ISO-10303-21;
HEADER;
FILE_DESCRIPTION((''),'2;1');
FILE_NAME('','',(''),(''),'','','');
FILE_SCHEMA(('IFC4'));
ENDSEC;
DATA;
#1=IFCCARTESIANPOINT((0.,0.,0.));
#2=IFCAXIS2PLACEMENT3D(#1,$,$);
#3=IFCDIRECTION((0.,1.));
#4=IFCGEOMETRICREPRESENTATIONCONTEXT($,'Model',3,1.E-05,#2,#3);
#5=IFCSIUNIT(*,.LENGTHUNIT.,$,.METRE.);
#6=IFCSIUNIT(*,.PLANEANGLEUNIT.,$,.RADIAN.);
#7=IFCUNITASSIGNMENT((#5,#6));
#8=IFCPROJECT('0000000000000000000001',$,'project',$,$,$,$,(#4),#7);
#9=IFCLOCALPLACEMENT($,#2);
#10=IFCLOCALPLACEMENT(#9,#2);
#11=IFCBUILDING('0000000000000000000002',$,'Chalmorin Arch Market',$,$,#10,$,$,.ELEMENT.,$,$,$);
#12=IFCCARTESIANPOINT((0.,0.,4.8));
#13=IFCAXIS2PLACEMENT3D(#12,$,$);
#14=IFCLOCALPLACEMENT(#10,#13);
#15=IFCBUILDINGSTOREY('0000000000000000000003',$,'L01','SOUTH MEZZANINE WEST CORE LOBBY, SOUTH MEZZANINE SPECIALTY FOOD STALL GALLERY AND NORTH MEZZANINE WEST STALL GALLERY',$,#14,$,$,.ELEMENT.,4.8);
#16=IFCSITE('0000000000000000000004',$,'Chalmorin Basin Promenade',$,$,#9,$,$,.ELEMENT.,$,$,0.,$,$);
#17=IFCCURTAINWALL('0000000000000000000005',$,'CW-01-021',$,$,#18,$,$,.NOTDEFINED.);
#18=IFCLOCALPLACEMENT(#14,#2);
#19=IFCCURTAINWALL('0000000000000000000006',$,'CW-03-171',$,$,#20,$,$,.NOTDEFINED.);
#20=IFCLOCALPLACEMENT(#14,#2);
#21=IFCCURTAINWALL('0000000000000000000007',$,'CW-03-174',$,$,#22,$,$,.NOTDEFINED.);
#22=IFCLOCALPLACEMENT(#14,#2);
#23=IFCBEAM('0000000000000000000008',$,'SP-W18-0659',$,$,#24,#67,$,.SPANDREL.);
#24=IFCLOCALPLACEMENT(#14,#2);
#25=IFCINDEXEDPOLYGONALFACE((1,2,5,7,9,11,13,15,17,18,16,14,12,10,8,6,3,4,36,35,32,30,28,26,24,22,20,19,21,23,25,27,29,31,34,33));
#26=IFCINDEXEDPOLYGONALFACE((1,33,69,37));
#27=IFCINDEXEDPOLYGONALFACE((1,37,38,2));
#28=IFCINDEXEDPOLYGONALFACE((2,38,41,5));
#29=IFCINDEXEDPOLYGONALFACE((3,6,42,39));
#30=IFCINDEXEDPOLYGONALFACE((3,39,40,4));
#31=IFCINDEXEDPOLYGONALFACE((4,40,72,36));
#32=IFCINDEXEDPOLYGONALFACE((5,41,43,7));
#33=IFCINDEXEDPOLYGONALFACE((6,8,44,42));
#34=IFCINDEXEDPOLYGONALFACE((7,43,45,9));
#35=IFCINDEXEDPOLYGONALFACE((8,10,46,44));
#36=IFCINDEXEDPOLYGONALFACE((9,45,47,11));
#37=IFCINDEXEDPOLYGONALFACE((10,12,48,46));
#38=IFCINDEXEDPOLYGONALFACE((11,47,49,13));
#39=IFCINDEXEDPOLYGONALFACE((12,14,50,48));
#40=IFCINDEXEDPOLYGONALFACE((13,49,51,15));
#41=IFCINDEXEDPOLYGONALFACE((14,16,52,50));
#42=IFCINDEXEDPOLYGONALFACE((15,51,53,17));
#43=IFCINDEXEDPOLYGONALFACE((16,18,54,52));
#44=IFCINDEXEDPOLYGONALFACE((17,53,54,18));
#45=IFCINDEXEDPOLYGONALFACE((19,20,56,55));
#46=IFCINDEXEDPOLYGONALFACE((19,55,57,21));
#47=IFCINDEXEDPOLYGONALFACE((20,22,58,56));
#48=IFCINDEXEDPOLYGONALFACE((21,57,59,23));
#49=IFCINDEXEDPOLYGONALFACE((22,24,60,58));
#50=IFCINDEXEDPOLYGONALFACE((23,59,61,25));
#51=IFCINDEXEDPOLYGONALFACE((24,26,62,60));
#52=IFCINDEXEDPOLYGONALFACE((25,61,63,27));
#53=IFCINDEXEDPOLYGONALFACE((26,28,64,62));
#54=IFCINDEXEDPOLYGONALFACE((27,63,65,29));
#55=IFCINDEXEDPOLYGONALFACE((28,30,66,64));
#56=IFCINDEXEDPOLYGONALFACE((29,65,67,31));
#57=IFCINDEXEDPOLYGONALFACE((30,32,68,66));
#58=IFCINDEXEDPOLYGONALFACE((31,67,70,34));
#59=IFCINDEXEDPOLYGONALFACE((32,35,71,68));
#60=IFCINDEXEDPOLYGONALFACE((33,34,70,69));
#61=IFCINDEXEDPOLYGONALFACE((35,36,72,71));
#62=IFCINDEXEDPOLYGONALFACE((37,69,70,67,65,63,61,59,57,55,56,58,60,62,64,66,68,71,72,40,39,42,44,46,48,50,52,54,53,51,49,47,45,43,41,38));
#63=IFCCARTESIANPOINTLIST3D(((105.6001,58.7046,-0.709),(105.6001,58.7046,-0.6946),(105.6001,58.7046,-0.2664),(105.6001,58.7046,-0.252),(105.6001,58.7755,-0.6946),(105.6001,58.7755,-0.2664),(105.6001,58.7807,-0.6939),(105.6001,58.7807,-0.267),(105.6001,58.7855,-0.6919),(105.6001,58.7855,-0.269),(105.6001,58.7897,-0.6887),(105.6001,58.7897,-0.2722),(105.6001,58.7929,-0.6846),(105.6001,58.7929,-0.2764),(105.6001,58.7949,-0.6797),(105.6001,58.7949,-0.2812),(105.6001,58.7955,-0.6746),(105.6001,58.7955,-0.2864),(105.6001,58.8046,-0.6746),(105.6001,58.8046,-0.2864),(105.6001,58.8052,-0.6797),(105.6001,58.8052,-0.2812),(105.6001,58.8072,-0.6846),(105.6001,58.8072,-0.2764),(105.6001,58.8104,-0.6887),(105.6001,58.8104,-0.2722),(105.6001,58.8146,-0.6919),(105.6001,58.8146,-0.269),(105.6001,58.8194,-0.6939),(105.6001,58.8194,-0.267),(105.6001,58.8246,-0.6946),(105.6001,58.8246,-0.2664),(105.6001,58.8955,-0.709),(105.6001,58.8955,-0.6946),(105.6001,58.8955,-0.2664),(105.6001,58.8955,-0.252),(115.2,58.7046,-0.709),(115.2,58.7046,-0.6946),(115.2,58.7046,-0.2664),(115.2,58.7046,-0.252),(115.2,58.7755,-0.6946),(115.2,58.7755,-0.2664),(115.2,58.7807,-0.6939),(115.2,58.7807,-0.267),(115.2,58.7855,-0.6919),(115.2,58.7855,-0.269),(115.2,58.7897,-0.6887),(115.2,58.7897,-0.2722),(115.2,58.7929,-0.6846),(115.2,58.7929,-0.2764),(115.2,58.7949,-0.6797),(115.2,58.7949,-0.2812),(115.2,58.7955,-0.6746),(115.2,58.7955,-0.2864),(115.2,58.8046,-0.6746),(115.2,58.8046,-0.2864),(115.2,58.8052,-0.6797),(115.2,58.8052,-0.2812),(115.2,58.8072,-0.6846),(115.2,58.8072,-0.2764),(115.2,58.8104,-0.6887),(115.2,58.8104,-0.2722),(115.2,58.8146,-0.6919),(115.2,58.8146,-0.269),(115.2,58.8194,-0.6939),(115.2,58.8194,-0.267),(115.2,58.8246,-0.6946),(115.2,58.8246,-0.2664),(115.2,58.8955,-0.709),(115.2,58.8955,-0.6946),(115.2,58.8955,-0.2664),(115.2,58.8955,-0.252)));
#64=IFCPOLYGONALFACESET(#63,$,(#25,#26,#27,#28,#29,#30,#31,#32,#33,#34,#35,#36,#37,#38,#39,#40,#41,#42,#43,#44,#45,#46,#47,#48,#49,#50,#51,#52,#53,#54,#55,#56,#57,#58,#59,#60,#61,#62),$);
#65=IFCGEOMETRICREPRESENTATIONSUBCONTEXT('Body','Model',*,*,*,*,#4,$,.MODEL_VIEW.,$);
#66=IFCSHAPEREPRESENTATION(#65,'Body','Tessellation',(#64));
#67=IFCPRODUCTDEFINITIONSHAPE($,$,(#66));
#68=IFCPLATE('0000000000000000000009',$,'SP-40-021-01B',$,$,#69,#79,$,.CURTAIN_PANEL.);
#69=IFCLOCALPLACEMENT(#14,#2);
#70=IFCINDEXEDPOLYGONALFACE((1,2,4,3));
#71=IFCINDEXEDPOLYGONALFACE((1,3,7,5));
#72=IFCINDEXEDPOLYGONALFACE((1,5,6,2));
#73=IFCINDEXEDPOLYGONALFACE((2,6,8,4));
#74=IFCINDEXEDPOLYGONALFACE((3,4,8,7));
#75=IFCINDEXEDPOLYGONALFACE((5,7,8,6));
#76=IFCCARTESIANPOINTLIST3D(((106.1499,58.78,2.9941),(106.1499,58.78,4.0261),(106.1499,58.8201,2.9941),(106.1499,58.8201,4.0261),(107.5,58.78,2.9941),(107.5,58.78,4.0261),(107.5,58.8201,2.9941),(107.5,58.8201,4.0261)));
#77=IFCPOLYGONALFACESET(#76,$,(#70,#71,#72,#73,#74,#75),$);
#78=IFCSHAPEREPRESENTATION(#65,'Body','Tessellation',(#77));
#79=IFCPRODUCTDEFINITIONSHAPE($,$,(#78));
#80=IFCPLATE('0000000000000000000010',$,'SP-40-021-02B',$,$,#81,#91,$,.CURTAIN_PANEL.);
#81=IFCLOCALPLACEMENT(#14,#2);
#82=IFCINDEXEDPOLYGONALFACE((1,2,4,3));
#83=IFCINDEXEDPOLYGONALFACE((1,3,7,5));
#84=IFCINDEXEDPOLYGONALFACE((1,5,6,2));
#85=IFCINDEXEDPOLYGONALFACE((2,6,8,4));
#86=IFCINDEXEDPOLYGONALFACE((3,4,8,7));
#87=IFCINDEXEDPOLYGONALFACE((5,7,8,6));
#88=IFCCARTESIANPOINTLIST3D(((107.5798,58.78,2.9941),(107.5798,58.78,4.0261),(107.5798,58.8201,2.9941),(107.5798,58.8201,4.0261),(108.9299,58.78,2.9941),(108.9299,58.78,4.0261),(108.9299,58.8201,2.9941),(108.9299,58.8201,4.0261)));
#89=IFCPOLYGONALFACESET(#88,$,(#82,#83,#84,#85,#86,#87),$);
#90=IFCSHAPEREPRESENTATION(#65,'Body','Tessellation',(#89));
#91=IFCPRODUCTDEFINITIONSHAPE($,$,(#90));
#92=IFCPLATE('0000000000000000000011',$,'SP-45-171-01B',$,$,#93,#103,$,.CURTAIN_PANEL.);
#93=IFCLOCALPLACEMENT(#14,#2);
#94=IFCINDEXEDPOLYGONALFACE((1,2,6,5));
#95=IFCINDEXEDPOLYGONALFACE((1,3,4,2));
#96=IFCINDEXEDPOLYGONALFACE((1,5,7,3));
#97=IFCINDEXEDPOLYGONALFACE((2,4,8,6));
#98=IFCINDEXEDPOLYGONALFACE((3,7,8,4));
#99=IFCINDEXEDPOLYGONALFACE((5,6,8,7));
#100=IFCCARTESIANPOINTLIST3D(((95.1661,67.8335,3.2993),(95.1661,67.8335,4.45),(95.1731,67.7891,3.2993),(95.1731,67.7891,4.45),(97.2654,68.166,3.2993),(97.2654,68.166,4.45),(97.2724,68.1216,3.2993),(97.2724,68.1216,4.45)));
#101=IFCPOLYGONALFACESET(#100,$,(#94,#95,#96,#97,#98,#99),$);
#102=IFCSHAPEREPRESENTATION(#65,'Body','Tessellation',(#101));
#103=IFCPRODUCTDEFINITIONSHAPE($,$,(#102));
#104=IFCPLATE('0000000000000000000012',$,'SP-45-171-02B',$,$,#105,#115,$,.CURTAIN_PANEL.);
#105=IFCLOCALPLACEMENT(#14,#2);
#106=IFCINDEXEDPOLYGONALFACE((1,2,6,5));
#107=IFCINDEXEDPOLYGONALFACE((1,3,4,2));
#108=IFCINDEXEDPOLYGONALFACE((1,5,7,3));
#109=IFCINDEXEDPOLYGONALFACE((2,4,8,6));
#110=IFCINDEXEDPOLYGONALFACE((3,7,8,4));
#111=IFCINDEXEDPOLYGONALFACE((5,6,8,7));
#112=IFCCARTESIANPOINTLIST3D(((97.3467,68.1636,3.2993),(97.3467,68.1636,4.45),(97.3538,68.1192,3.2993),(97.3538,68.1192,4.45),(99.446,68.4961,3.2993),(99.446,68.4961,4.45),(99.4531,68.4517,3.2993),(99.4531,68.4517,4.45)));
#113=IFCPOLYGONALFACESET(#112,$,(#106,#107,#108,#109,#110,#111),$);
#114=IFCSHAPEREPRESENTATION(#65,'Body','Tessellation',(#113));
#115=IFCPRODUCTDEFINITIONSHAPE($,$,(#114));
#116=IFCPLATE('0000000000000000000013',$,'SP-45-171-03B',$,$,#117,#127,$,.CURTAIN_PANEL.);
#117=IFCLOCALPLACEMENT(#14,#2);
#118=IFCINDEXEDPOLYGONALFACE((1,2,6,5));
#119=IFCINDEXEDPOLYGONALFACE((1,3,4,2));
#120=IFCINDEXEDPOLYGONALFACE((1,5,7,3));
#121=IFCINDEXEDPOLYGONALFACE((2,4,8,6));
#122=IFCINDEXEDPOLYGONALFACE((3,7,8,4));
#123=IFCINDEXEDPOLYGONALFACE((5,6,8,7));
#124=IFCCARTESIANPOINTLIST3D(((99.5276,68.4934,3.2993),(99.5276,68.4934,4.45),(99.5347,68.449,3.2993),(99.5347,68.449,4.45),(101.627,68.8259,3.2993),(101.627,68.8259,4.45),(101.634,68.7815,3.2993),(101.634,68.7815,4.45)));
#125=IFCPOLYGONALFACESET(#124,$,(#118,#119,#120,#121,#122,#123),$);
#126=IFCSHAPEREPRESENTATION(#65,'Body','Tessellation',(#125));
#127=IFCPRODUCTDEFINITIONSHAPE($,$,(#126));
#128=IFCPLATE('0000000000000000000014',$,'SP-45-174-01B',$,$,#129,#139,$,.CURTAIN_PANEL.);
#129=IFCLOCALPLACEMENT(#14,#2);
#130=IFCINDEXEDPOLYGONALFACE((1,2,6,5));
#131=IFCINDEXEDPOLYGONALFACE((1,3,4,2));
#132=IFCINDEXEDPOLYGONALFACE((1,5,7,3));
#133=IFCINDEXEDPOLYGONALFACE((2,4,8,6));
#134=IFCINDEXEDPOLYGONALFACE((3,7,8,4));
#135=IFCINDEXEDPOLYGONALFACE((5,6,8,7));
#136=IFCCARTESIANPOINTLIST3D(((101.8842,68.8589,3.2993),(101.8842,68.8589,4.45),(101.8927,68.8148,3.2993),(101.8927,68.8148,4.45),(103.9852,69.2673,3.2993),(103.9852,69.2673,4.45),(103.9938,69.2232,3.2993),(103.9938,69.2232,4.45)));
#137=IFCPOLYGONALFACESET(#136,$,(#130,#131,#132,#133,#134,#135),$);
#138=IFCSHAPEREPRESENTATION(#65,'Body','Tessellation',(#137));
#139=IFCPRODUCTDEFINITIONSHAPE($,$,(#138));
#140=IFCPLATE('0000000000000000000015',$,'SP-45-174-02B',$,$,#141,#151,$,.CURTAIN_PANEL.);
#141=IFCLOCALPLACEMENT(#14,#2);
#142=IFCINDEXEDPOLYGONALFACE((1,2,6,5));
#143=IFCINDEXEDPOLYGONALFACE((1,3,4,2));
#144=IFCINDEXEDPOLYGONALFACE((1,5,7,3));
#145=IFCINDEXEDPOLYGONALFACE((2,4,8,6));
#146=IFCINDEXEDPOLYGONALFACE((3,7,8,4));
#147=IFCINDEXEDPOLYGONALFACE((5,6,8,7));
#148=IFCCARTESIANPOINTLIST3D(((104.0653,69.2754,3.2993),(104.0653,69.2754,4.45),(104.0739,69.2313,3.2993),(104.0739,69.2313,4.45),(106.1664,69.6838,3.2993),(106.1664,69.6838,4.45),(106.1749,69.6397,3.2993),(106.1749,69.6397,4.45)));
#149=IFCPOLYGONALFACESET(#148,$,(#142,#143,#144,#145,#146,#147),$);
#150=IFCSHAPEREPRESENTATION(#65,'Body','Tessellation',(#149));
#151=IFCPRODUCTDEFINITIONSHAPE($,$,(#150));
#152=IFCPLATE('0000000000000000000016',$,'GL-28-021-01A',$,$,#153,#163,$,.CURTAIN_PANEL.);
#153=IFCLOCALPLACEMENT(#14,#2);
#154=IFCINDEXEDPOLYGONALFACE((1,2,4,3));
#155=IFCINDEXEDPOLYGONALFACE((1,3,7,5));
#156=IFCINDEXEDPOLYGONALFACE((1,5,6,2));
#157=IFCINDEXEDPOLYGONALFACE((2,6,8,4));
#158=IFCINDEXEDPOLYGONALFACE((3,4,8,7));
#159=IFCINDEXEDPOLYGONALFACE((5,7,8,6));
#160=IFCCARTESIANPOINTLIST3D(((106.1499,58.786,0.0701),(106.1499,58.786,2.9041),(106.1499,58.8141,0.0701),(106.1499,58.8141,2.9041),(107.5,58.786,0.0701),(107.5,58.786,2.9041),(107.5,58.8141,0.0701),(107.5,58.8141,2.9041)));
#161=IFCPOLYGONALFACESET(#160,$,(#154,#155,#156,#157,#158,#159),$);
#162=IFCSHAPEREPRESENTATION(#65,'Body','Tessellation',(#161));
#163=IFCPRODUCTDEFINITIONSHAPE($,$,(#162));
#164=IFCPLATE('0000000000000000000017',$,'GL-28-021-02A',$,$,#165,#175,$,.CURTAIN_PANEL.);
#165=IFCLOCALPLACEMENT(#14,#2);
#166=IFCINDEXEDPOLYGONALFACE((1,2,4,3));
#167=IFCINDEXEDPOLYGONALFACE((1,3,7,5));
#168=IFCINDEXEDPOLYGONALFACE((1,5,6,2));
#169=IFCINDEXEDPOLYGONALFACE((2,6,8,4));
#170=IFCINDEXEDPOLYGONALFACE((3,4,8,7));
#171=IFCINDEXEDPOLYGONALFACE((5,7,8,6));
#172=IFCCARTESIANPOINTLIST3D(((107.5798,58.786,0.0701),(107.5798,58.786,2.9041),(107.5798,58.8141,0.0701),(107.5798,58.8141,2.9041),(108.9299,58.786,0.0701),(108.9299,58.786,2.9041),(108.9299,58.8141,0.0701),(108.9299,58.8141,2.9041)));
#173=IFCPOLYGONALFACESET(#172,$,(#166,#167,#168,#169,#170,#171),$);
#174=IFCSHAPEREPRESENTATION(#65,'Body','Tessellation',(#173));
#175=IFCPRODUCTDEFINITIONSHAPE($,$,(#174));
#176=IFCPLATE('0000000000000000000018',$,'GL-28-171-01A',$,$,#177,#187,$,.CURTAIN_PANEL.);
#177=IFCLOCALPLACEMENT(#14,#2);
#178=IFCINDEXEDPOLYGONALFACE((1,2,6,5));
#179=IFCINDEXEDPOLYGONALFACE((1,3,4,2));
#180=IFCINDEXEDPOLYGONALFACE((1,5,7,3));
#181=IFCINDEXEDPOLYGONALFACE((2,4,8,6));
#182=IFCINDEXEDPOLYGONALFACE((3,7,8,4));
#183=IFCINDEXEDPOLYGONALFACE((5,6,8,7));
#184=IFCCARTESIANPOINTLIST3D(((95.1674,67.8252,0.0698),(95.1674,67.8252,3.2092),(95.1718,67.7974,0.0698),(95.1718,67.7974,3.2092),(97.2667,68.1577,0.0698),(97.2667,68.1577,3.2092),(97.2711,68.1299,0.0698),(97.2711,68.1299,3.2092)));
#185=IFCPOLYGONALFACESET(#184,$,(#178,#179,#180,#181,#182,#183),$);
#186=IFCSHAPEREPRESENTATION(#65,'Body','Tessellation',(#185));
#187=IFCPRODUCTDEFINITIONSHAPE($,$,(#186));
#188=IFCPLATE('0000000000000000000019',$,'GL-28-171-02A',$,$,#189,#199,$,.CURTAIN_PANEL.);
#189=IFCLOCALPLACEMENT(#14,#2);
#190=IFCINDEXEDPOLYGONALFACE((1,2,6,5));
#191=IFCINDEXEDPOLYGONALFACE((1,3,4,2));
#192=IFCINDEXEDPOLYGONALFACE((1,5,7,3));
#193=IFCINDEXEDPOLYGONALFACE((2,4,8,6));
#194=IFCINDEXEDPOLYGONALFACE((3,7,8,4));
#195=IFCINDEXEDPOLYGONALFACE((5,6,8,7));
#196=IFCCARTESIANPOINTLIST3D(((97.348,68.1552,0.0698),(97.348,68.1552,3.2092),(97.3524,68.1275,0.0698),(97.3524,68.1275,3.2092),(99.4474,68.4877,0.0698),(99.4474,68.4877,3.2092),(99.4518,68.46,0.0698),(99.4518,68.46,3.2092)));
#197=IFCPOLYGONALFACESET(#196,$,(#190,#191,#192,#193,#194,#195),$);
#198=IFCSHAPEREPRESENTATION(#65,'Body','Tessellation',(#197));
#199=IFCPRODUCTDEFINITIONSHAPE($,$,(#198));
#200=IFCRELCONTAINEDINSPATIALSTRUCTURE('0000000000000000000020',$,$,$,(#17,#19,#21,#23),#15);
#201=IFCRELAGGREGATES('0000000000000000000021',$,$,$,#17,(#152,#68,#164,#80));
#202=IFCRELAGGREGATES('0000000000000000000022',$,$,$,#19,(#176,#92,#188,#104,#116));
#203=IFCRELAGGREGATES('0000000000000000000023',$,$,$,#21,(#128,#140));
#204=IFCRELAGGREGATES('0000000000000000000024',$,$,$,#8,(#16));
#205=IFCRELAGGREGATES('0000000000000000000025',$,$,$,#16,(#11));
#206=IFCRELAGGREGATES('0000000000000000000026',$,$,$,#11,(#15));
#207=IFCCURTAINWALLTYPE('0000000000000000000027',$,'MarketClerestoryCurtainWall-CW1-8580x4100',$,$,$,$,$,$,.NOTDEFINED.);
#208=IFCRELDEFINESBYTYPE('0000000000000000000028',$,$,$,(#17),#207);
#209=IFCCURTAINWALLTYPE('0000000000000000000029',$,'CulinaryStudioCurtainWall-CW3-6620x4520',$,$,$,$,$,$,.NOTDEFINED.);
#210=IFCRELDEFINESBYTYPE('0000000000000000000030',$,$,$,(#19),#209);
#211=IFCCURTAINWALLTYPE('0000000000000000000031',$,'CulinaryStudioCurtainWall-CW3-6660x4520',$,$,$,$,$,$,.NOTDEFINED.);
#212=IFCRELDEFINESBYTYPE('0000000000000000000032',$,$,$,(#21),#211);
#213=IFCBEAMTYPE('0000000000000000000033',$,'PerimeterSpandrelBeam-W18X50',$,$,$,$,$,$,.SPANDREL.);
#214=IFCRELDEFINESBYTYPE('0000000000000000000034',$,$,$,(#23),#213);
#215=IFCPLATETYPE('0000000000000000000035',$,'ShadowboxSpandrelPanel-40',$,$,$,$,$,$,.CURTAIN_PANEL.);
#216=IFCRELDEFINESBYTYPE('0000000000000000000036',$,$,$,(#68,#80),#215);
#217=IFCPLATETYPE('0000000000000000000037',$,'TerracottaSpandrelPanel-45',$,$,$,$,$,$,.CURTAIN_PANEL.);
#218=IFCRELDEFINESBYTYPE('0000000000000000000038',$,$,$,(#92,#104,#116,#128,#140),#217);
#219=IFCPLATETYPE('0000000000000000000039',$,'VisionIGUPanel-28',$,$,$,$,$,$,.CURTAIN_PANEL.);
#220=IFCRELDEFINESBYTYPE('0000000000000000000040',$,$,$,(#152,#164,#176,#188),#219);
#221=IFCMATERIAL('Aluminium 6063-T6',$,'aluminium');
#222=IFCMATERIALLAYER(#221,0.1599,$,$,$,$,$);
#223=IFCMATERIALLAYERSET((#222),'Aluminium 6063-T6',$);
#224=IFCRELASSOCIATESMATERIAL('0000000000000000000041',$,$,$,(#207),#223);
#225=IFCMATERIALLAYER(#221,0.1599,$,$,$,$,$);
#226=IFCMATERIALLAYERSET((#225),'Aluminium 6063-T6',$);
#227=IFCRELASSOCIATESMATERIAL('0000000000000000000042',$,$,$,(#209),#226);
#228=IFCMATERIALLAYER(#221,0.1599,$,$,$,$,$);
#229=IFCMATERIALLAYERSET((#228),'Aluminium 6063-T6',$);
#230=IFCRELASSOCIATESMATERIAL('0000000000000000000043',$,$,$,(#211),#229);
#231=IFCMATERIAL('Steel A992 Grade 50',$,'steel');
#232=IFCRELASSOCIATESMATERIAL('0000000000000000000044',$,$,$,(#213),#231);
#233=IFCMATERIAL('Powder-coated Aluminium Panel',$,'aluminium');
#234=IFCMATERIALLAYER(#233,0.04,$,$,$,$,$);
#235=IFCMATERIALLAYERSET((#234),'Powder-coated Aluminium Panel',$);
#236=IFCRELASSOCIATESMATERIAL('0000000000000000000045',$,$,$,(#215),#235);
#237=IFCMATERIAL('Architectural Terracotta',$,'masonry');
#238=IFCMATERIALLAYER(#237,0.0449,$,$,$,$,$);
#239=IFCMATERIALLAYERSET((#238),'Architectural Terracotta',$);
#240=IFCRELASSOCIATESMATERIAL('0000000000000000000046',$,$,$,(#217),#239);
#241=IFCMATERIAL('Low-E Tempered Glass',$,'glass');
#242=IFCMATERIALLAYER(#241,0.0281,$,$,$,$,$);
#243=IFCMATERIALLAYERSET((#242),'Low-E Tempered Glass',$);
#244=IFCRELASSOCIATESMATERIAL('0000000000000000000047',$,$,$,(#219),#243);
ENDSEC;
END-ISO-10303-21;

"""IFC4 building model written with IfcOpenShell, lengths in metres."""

from ifc_helpers import new_model, si_unit, direction, frame, origin, origin_2d, place, context, subcontext, project, spatial, rectangle, i_section, extrude, material, layer, layer_set, material_profile, profile_set, type_object, element, aggregate, save


model = new_model("IFC4")

# Units and contexts
model_context = context("Model", 3, precision=1e-05, world=origin(), true_north=direction((0.0, 1.0)))
body_context = subcontext(model_context, "Body", "Model", "MODEL_VIEW")
ifc_project = project(units=[si_unit("LENGTHUNIT", "METRE"), si_unit("PLANEANGLEUNIT", "RADIAN")], contexts=[model_context])

# Site, building, storey
site_placement = place(None, origin())
site = spatial("IfcSite", under=ifc_project, at=site_placement, Name="Chalmorin Basin Promenade", CompositionType="ELEMENT", RefElevation=0.0)
building_placement = place(site_placement, origin())
building = spatial("IfcBuilding", under=site, at=building_placement, Name="Chalmorin Arch Market", CompositionType="ELEMENT")
storey_placement = place(building_placement, frame((0.0, 0.0, 4.8)))
storey = spatial("IfcBuildingStorey", under=building, at=storey_placement, Name="L01", Description="SOUTH MEZZANINE WEST CORE LOBBY, SOUTH MEZZANINE SPECIALTY FOOD STALL GALLERY AND NORTH MEZZANINE WEST STALL GALLERY", CompositionType="ELEMENT", Elevation=4.8)

# Shared definitions
ifc_material_1 = material(Name="Aluminium 6063-T6", Category="aluminium")
ifc_layer_1 = layer(ifc_material_1, 0.1599)
ifc_layer_set_1 = layer_set([ifc_layer_1], Name="Aluminium 6063-T6")
curtain_wall_type_1 = type_object("IfcCurtainWallType", Name="MarketClerestoryCurtainWall-CW1-8580x4100", PredefinedType="NOTDEFINED", material=ifc_layer_set_1)

# Curtain wall
curtain_wall_1_placement = place(storey_placement, origin())
curtain_wall_1 = element("IfcCurtainWall", 1, at=curtain_wall_1_placement, inside=storey, type_object=curtain_wall_type_1, Name="CW-01-021", PredefinedType="NOTDEFINED")

# Curtain walls
ifc_layer_2 = layer(ifc_material_1, 0.1599)
ifc_layer_set_2 = layer_set([ifc_layer_2], Name="Aluminium 6063-T6")
curtain_wall_type_2 = type_object("IfcCurtainWallType", Name="CulinaryStudioCurtainWall-CW3-6620x4520", PredefinedType="NOTDEFINED", material=ifc_layer_set_2)
curtain_wall_2_placement = place(storey_placement, origin())
curtain_wall_2 = element("IfcCurtainWall", 2, at=curtain_wall_2_placement, inside=storey, type_object=curtain_wall_type_2, Name="CW-03-171", PredefinedType="NOTDEFINED")
ifc_layer_3 = layer(ifc_material_1, 0.1599)
ifc_layer_set_3 = layer_set([ifc_layer_3], Name="Aluminium 6063-T6")
curtain_wall_type_3 = type_object("IfcCurtainWallType", Name="CulinaryStudioCurtainWall-CW3-6660x4520", PredefinedType="NOTDEFINED", material=ifc_layer_set_3)
curtain_wall_3_placement = place(storey_placement, origin())
curtain_wall_3 = element("IfcCurtainWall", 3, at=curtain_wall_3_placement, inside=storey, type_object=curtain_wall_type_3, Name="CW-03-174", PredefinedType="NOTDEFINED")

# Beam
ifc_material_2 = material(Name="Steel A992 Grade 50", Category="steel")
ifc_material_profile_1 = material_profile(ifc_material_2, i_section(OverallWidth=0.1909, OverallDepth=0.457, WebThickness=0.009, FlangeThickness=0.0144, FilletRadius=0.02, at=origin_2d()), Name="W18X50")
ifc_profile_set_1 = profile_set([ifc_material_profile_1], Name="Steel A992 Grade 50")
beam_type = type_object("IfcBeamType", Name="PerimeterSpandrelBeam-W18X50", PredefinedType="SPANDREL", material=ifc_profile_set_1)
beam_placement = place(storey_placement, frame((105.6001, 58.8, -0.4805), z_axis=(1.0, 0.0, 0.0), x_axis=(0.0, 1.0, 0.0)))
element("IfcBeam", 4, at=beam_placement, inside=storey, type_object=beam_type, Name="SP-W18-0659", PredefinedType="SPANDREL", context=body_context, shape_type="SweptSolid", body=[
    extrude(i_section(OverallWidth=0.1909, OverallDepth=0.457, WebThickness=0.009, FlangeThickness=0.0144, FilletRadius=0.02, at=origin_2d()), origin(), (0.0, 0.0, 1.0), 9.5999),
])

# Plates
ifc_material_3 = material(Name="Powder-coated Aluminium Panel", Category="aluminium")
ifc_layer_4 = layer(ifc_material_3, 0.04)
ifc_layer_set_4 = layer_set([ifc_layer_4], Name="Powder-coated Aluminium Panel")
plate_type_1 = type_object("IfcPlateType", Name="ShadowboxSpandrelPanel-40", PredefinedType="CURTAIN_PANEL", material=ifc_layer_set_4)
plate_1_placement = place(storey_placement, frame((106.825, 58.8, 2.9941), z_axis=(0.0, 0.0, 1.0), x_axis=(1.0, 0.0, 0.0)))
plate_1 = element("IfcPlate", 5, at=plate_1_placement, type_object=plate_type_1, Name="SP-40-021-01B", PredefinedType="CURTAIN_PANEL", context=body_context, shape_type="SweptSolid", body=[
    extrude(rectangle(XDim=1.3501, YDim=0.04, at=origin_2d()), origin(), (0.0, 0.0, 1.0), 1.032),
])
plate_2_placement = place(storey_placement, frame((108.2549, 58.8, 2.9941), z_axis=(0.0, 0.0, 1.0), x_axis=(1.0, 0.0, 0.0)))
plate_2 = element("IfcPlate", 6, at=plate_2_placement, type_object=plate_type_1, Name="SP-40-021-02B", PredefinedType="CURTAIN_PANEL", context=body_context, shape_type="SweptSolid", body=[
    extrude(rectangle(XDim=1.3501, YDim=0.04, at=origin_2d()), origin(), (0.0, 0.0, 1.0), 1.032),
])
ifc_material_4 = material(Name="Architectural Terracotta", Category="masonry")
ifc_layer_5 = layer(ifc_material_4, 0.0449)
ifc_layer_set_5 = layer_set([ifc_layer_5], Name="Architectural Terracotta")
plate_type_2 = type_object("IfcPlateType", Name="TerracottaSpandrelPanel-45", PredefinedType="CURTAIN_PANEL", material=ifc_layer_set_5)
plate_3_placement = place(storey_placement, frame((96.2192, 67.9775, 3.2993), z_axis=(0.0, 0.0, 1.0), x_axis=(0.987688, 0.156434, 0.0)))
plate_3 = element("IfcPlate", 7, at=plate_3_placement, type_object=plate_type_2, Name="SP-45-171-01B", PredefinedType="CURTAIN_PANEL", context=body_context, shape_type="SweptSolid", body=[
    extrude(rectangle(XDim=2.1255, YDim=0.0449, at=origin_2d()), origin(), (0.0, 0.0, 1.0), 1.1506),
])
plate_4_placement = place(storey_placement, frame((98.3999, 68.3076, 3.2993), z_axis=(0.0, 0.0, 1.0), x_axis=(0.987688, 0.156434, 0.0)))
plate_4 = element("IfcPlate", 8, at=plate_4_placement, type_object=plate_type_2, Name="SP-45-171-02B", PredefinedType="CURTAIN_PANEL", context=body_context, shape_type="SweptSolid", body=[
    extrude(rectangle(XDim=2.1255, YDim=0.0449, at=origin_2d()), origin(), (0.0, 0.0, 1.0), 1.1506),
])
plate_5_placement = place(storey_placement, frame((100.5808, 68.6375, 3.2993), z_axis=(0.0, 0.0, 1.0), x_axis=(0.987688, 0.156434, 0.0)))
plate_5 = element("IfcPlate", 9, at=plate_5_placement, type_object=plate_type_2, Name="SP-45-171-03B", PredefinedType="CURTAIN_PANEL", context=body_context, shape_type="SweptSolid", body=[
    extrude(rectangle(XDim=2.1255, YDim=0.0449, at=origin_2d()), origin(), (0.0, 0.0, 1.0), 1.1506),
])
plate_6_placement = place(storey_placement, frame((102.939, 69.041, 3.2993), z_axis=(0.0, 0.0, 1.0), x_axis=(0.981627, 0.190809, 0.0)))
plate_6 = element("IfcPlate", 10, at=plate_6_placement, type_object=plate_type_2, Name="SP-45-174-01B", PredefinedType="CURTAIN_PANEL", context=body_context, shape_type="SweptSolid", body=[
    extrude(rectangle(XDim=2.1404, YDim=0.0449, at=origin_2d()), origin(), (0.0, 0.0, 1.0), 1.1506),
])
plate_7_placement = place(storey_placement, frame((105.1201, 69.4575, 3.2993), z_axis=(0.0, 0.0, 1.0), x_axis=(0.981627, 0.190809, 0.0)))
plate_7 = element("IfcPlate", 11, at=plate_7_placement, type_object=plate_type_2, Name="SP-45-174-02B", PredefinedType="CURTAIN_PANEL", context=body_context, shape_type="SweptSolid", body=[
    extrude(rectangle(XDim=2.1404, YDim=0.0449, at=origin_2d()), origin(), (0.0, 0.0, 1.0), 1.1506),
])
ifc_material_5 = material(Name="Low-E Tempered Glass", Category="glass")
ifc_layer_6 = layer(ifc_material_5, 0.0281)
ifc_layer_set_6 = layer_set([ifc_layer_6], Name="Low-E Tempered Glass")
plate_type_3 = type_object("IfcPlateType", Name="VisionIGUPanel-28", PredefinedType="CURTAIN_PANEL", material=ifc_layer_set_6)
plate_8_placement = place(storey_placement, frame((106.825, 58.8, 0.0701), z_axis=(0.0, 0.0, 1.0), x_axis=(1.0, 0.0, 0.0)))
plate_8 = element("IfcPlate", 12, at=plate_8_placement, type_object=plate_type_3, Name="GL-28-021-01A", PredefinedType="CURTAIN_PANEL", context=body_context, shape_type="SweptSolid", body=[
    extrude(rectangle(XDim=1.3501, YDim=0.0281, at=origin_2d()), origin(), (0.0, 0.0, 1.0), 2.834),
])
plate_9_placement = place(storey_placement, frame((108.2549, 58.8, 0.0701), z_axis=(0.0, 0.0, 1.0), x_axis=(1.0, 0.0, 0.0)))
plate_9 = element("IfcPlate", 13, at=plate_9_placement, type_object=plate_type_3, Name="GL-28-021-02A", PredefinedType="CURTAIN_PANEL", context=body_context, shape_type="SweptSolid", body=[
    extrude(rectangle(XDim=1.3501, YDim=0.0281, at=origin_2d()), origin(), (0.0, 0.0, 1.0), 2.834),
])
aggregate(curtain_wall_1, [plate_8, plate_1, plate_9, plate_2])
plate_10_placement = place(storey_placement, frame((96.2192, 67.9775, 0.0698), z_axis=(0.0, 0.0, 1.0), x_axis=(0.987688, 0.156434, 0.0)))
plate_10 = element("IfcPlate", 14, at=plate_10_placement, type_object=plate_type_3, Name="GL-28-171-01A", PredefinedType="CURTAIN_PANEL", context=body_context, shape_type="SweptSolid", body=[
    extrude(rectangle(XDim=2.1255, YDim=0.0281, at=origin_2d()), origin(), (0.0, 0.0, 1.0), 3.1394),
])
plate_11_placement = place(storey_placement, frame((98.3999, 68.3076, 0.0698), z_axis=(0.0, 0.0, 1.0), x_axis=(0.987688, 0.156434, 0.0)))
plate_11 = element("IfcPlate", 15, at=plate_11_placement, type_object=plate_type_3, Name="GL-28-171-02A", PredefinedType="CURTAIN_PANEL", context=body_context, shape_type="SweptSolid", body=[
    extrude(rectangle(XDim=2.1255, YDim=0.0281, at=origin_2d()), origin(), (0.0, 0.0, 1.0), 3.1394),
])
aggregate(curtain_wall_2, [plate_10, plate_3, plate_11, plate_4, plate_5])
aggregate(curtain_wall_3, [plate_6, plate_7])

save(model, "model.ifc")
